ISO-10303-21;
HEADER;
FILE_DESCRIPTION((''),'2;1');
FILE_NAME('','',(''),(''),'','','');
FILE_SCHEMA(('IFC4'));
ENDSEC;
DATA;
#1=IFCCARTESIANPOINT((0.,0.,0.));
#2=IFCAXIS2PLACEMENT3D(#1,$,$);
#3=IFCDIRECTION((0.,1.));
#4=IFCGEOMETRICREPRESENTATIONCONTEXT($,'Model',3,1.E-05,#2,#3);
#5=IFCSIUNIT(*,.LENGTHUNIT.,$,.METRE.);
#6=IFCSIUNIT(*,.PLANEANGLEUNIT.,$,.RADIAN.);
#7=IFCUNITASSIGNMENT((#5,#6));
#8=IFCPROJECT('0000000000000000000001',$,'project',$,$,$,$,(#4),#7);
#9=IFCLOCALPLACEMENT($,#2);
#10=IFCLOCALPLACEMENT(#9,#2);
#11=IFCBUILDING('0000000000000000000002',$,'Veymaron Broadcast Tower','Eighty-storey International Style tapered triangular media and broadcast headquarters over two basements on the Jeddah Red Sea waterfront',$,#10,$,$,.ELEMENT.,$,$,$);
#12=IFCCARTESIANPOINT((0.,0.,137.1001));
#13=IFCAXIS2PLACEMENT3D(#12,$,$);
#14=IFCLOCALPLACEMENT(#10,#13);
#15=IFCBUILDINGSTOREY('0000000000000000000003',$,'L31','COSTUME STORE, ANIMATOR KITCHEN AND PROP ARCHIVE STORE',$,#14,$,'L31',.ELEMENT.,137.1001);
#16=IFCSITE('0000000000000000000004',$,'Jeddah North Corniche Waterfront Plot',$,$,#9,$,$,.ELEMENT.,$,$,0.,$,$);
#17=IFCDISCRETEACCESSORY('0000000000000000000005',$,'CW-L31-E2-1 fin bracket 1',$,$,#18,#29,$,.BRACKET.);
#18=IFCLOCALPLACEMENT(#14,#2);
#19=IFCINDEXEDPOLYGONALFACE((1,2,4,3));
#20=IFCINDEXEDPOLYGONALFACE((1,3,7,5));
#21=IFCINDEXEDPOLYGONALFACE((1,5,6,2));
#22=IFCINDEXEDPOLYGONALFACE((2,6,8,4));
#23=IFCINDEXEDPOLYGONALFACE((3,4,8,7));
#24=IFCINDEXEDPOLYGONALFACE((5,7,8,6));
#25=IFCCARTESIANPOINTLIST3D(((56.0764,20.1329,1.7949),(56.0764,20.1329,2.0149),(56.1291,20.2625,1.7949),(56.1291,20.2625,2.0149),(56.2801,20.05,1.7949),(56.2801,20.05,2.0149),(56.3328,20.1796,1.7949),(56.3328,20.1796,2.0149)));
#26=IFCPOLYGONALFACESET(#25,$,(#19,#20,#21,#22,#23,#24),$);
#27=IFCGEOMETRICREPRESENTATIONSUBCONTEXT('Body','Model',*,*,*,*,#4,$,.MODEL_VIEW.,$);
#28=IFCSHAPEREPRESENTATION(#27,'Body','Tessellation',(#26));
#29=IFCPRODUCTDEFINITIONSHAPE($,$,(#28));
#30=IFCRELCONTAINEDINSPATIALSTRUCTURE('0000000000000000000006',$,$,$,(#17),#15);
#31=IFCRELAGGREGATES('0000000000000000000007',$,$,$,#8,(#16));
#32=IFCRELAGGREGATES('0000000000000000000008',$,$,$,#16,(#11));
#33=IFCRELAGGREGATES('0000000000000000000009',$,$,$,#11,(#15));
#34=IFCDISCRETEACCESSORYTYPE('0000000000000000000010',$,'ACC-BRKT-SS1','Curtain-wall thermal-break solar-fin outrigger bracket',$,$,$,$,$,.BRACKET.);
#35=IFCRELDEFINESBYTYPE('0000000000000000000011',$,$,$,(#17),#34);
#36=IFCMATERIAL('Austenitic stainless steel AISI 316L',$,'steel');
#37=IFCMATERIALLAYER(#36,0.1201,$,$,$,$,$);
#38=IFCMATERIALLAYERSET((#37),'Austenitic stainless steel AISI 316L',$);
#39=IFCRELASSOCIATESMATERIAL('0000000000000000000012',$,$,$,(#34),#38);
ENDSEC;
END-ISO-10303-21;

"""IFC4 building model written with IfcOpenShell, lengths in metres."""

from ifc_helpers import new_model, si_unit, direction, frame, origin, origin_2d, place, context, subcontext, project, spatial, rectangle, extrude, material, layer, layer_set, type_object, element, save


model = new_model("IFC4")

# Units and contexts
model_context = context("Model", 3, precision=1e-05, world=origin(), true_north=direction((0.0, 1.0)))
body_context = subcontext(model_context, "Body", "Model", "MODEL_VIEW")
ifc_project = project(units=[si_unit("LENGTHUNIT", "METRE"), si_unit("PLANEANGLEUNIT", "RADIAN")], contexts=[model_context])

# Site, building, storey
site_placement = place(None, origin())
site = spatial("IfcSite", under=ifc_project, at=site_placement, Name="Jeddah North Corniche Waterfront Plot", CompositionType="ELEMENT", RefElevation=0.0)
building_placement = place(site_placement, origin())
building = spatial("IfcBuilding", under=site, at=building_placement, Name="Veymaron Broadcast Tower", Description="Eighty-storey International Style tapered triangular media and broadcast headquarters over two basements on the Jeddah Red Sea waterfront", CompositionType="ELEMENT")
storey_placement = place(building_placement, frame((0.0, 0.0, 137.1001)))
storey = spatial("IfcBuildingStorey", under=building, at=storey_placement, Name="L31", Description="COSTUME STORE, ANIMATOR KITCHEN AND PROP ARCHIVE STORE", LongName="L31", CompositionType="ELEMENT", Elevation=137.1001)

# Discrete accessory
ifc_material_1 = material(Name="Austenitic stainless steel AISI 316L", Category="steel")
ifc_layer_1 = layer(ifc_material_1, 0.1201)
ifc_layer_set_1 = layer_set([ifc_layer_1], Name="Austenitic stainless steel AISI 316L")
discrete_accessory_type = type_object("IfcDiscreteAccessoryType", Name="ACC-BRKT-SS1", Description="Curtain-wall thermal-break solar-fin outrigger bracket", PredefinedType="BRACKET", material=ifc_layer_set_1)
discrete_accessory_placement = place(storey_placement, frame((56.2046, 20.1562, 1.7949), z_axis=(0.0, 0.0, 1.0), x_axis=(0.926266, -0.376871, 0.0)))
element("IfcDiscreteAccessory", 1, at=discrete_accessory_placement, inside=storey, type_object=discrete_accessory_type, Name="CW-L31-E2-1 fin bracket 1", PredefinedType="BRACKET", context=body_context, shape_type="SweptSolid", body=[
    extrude(rectangle(XDim=0.22, YDim=0.1399, at=origin_2d()), origin(), (0.0, 0.0, 1.0), 0.22),
])

save(model, "model.ifc")
